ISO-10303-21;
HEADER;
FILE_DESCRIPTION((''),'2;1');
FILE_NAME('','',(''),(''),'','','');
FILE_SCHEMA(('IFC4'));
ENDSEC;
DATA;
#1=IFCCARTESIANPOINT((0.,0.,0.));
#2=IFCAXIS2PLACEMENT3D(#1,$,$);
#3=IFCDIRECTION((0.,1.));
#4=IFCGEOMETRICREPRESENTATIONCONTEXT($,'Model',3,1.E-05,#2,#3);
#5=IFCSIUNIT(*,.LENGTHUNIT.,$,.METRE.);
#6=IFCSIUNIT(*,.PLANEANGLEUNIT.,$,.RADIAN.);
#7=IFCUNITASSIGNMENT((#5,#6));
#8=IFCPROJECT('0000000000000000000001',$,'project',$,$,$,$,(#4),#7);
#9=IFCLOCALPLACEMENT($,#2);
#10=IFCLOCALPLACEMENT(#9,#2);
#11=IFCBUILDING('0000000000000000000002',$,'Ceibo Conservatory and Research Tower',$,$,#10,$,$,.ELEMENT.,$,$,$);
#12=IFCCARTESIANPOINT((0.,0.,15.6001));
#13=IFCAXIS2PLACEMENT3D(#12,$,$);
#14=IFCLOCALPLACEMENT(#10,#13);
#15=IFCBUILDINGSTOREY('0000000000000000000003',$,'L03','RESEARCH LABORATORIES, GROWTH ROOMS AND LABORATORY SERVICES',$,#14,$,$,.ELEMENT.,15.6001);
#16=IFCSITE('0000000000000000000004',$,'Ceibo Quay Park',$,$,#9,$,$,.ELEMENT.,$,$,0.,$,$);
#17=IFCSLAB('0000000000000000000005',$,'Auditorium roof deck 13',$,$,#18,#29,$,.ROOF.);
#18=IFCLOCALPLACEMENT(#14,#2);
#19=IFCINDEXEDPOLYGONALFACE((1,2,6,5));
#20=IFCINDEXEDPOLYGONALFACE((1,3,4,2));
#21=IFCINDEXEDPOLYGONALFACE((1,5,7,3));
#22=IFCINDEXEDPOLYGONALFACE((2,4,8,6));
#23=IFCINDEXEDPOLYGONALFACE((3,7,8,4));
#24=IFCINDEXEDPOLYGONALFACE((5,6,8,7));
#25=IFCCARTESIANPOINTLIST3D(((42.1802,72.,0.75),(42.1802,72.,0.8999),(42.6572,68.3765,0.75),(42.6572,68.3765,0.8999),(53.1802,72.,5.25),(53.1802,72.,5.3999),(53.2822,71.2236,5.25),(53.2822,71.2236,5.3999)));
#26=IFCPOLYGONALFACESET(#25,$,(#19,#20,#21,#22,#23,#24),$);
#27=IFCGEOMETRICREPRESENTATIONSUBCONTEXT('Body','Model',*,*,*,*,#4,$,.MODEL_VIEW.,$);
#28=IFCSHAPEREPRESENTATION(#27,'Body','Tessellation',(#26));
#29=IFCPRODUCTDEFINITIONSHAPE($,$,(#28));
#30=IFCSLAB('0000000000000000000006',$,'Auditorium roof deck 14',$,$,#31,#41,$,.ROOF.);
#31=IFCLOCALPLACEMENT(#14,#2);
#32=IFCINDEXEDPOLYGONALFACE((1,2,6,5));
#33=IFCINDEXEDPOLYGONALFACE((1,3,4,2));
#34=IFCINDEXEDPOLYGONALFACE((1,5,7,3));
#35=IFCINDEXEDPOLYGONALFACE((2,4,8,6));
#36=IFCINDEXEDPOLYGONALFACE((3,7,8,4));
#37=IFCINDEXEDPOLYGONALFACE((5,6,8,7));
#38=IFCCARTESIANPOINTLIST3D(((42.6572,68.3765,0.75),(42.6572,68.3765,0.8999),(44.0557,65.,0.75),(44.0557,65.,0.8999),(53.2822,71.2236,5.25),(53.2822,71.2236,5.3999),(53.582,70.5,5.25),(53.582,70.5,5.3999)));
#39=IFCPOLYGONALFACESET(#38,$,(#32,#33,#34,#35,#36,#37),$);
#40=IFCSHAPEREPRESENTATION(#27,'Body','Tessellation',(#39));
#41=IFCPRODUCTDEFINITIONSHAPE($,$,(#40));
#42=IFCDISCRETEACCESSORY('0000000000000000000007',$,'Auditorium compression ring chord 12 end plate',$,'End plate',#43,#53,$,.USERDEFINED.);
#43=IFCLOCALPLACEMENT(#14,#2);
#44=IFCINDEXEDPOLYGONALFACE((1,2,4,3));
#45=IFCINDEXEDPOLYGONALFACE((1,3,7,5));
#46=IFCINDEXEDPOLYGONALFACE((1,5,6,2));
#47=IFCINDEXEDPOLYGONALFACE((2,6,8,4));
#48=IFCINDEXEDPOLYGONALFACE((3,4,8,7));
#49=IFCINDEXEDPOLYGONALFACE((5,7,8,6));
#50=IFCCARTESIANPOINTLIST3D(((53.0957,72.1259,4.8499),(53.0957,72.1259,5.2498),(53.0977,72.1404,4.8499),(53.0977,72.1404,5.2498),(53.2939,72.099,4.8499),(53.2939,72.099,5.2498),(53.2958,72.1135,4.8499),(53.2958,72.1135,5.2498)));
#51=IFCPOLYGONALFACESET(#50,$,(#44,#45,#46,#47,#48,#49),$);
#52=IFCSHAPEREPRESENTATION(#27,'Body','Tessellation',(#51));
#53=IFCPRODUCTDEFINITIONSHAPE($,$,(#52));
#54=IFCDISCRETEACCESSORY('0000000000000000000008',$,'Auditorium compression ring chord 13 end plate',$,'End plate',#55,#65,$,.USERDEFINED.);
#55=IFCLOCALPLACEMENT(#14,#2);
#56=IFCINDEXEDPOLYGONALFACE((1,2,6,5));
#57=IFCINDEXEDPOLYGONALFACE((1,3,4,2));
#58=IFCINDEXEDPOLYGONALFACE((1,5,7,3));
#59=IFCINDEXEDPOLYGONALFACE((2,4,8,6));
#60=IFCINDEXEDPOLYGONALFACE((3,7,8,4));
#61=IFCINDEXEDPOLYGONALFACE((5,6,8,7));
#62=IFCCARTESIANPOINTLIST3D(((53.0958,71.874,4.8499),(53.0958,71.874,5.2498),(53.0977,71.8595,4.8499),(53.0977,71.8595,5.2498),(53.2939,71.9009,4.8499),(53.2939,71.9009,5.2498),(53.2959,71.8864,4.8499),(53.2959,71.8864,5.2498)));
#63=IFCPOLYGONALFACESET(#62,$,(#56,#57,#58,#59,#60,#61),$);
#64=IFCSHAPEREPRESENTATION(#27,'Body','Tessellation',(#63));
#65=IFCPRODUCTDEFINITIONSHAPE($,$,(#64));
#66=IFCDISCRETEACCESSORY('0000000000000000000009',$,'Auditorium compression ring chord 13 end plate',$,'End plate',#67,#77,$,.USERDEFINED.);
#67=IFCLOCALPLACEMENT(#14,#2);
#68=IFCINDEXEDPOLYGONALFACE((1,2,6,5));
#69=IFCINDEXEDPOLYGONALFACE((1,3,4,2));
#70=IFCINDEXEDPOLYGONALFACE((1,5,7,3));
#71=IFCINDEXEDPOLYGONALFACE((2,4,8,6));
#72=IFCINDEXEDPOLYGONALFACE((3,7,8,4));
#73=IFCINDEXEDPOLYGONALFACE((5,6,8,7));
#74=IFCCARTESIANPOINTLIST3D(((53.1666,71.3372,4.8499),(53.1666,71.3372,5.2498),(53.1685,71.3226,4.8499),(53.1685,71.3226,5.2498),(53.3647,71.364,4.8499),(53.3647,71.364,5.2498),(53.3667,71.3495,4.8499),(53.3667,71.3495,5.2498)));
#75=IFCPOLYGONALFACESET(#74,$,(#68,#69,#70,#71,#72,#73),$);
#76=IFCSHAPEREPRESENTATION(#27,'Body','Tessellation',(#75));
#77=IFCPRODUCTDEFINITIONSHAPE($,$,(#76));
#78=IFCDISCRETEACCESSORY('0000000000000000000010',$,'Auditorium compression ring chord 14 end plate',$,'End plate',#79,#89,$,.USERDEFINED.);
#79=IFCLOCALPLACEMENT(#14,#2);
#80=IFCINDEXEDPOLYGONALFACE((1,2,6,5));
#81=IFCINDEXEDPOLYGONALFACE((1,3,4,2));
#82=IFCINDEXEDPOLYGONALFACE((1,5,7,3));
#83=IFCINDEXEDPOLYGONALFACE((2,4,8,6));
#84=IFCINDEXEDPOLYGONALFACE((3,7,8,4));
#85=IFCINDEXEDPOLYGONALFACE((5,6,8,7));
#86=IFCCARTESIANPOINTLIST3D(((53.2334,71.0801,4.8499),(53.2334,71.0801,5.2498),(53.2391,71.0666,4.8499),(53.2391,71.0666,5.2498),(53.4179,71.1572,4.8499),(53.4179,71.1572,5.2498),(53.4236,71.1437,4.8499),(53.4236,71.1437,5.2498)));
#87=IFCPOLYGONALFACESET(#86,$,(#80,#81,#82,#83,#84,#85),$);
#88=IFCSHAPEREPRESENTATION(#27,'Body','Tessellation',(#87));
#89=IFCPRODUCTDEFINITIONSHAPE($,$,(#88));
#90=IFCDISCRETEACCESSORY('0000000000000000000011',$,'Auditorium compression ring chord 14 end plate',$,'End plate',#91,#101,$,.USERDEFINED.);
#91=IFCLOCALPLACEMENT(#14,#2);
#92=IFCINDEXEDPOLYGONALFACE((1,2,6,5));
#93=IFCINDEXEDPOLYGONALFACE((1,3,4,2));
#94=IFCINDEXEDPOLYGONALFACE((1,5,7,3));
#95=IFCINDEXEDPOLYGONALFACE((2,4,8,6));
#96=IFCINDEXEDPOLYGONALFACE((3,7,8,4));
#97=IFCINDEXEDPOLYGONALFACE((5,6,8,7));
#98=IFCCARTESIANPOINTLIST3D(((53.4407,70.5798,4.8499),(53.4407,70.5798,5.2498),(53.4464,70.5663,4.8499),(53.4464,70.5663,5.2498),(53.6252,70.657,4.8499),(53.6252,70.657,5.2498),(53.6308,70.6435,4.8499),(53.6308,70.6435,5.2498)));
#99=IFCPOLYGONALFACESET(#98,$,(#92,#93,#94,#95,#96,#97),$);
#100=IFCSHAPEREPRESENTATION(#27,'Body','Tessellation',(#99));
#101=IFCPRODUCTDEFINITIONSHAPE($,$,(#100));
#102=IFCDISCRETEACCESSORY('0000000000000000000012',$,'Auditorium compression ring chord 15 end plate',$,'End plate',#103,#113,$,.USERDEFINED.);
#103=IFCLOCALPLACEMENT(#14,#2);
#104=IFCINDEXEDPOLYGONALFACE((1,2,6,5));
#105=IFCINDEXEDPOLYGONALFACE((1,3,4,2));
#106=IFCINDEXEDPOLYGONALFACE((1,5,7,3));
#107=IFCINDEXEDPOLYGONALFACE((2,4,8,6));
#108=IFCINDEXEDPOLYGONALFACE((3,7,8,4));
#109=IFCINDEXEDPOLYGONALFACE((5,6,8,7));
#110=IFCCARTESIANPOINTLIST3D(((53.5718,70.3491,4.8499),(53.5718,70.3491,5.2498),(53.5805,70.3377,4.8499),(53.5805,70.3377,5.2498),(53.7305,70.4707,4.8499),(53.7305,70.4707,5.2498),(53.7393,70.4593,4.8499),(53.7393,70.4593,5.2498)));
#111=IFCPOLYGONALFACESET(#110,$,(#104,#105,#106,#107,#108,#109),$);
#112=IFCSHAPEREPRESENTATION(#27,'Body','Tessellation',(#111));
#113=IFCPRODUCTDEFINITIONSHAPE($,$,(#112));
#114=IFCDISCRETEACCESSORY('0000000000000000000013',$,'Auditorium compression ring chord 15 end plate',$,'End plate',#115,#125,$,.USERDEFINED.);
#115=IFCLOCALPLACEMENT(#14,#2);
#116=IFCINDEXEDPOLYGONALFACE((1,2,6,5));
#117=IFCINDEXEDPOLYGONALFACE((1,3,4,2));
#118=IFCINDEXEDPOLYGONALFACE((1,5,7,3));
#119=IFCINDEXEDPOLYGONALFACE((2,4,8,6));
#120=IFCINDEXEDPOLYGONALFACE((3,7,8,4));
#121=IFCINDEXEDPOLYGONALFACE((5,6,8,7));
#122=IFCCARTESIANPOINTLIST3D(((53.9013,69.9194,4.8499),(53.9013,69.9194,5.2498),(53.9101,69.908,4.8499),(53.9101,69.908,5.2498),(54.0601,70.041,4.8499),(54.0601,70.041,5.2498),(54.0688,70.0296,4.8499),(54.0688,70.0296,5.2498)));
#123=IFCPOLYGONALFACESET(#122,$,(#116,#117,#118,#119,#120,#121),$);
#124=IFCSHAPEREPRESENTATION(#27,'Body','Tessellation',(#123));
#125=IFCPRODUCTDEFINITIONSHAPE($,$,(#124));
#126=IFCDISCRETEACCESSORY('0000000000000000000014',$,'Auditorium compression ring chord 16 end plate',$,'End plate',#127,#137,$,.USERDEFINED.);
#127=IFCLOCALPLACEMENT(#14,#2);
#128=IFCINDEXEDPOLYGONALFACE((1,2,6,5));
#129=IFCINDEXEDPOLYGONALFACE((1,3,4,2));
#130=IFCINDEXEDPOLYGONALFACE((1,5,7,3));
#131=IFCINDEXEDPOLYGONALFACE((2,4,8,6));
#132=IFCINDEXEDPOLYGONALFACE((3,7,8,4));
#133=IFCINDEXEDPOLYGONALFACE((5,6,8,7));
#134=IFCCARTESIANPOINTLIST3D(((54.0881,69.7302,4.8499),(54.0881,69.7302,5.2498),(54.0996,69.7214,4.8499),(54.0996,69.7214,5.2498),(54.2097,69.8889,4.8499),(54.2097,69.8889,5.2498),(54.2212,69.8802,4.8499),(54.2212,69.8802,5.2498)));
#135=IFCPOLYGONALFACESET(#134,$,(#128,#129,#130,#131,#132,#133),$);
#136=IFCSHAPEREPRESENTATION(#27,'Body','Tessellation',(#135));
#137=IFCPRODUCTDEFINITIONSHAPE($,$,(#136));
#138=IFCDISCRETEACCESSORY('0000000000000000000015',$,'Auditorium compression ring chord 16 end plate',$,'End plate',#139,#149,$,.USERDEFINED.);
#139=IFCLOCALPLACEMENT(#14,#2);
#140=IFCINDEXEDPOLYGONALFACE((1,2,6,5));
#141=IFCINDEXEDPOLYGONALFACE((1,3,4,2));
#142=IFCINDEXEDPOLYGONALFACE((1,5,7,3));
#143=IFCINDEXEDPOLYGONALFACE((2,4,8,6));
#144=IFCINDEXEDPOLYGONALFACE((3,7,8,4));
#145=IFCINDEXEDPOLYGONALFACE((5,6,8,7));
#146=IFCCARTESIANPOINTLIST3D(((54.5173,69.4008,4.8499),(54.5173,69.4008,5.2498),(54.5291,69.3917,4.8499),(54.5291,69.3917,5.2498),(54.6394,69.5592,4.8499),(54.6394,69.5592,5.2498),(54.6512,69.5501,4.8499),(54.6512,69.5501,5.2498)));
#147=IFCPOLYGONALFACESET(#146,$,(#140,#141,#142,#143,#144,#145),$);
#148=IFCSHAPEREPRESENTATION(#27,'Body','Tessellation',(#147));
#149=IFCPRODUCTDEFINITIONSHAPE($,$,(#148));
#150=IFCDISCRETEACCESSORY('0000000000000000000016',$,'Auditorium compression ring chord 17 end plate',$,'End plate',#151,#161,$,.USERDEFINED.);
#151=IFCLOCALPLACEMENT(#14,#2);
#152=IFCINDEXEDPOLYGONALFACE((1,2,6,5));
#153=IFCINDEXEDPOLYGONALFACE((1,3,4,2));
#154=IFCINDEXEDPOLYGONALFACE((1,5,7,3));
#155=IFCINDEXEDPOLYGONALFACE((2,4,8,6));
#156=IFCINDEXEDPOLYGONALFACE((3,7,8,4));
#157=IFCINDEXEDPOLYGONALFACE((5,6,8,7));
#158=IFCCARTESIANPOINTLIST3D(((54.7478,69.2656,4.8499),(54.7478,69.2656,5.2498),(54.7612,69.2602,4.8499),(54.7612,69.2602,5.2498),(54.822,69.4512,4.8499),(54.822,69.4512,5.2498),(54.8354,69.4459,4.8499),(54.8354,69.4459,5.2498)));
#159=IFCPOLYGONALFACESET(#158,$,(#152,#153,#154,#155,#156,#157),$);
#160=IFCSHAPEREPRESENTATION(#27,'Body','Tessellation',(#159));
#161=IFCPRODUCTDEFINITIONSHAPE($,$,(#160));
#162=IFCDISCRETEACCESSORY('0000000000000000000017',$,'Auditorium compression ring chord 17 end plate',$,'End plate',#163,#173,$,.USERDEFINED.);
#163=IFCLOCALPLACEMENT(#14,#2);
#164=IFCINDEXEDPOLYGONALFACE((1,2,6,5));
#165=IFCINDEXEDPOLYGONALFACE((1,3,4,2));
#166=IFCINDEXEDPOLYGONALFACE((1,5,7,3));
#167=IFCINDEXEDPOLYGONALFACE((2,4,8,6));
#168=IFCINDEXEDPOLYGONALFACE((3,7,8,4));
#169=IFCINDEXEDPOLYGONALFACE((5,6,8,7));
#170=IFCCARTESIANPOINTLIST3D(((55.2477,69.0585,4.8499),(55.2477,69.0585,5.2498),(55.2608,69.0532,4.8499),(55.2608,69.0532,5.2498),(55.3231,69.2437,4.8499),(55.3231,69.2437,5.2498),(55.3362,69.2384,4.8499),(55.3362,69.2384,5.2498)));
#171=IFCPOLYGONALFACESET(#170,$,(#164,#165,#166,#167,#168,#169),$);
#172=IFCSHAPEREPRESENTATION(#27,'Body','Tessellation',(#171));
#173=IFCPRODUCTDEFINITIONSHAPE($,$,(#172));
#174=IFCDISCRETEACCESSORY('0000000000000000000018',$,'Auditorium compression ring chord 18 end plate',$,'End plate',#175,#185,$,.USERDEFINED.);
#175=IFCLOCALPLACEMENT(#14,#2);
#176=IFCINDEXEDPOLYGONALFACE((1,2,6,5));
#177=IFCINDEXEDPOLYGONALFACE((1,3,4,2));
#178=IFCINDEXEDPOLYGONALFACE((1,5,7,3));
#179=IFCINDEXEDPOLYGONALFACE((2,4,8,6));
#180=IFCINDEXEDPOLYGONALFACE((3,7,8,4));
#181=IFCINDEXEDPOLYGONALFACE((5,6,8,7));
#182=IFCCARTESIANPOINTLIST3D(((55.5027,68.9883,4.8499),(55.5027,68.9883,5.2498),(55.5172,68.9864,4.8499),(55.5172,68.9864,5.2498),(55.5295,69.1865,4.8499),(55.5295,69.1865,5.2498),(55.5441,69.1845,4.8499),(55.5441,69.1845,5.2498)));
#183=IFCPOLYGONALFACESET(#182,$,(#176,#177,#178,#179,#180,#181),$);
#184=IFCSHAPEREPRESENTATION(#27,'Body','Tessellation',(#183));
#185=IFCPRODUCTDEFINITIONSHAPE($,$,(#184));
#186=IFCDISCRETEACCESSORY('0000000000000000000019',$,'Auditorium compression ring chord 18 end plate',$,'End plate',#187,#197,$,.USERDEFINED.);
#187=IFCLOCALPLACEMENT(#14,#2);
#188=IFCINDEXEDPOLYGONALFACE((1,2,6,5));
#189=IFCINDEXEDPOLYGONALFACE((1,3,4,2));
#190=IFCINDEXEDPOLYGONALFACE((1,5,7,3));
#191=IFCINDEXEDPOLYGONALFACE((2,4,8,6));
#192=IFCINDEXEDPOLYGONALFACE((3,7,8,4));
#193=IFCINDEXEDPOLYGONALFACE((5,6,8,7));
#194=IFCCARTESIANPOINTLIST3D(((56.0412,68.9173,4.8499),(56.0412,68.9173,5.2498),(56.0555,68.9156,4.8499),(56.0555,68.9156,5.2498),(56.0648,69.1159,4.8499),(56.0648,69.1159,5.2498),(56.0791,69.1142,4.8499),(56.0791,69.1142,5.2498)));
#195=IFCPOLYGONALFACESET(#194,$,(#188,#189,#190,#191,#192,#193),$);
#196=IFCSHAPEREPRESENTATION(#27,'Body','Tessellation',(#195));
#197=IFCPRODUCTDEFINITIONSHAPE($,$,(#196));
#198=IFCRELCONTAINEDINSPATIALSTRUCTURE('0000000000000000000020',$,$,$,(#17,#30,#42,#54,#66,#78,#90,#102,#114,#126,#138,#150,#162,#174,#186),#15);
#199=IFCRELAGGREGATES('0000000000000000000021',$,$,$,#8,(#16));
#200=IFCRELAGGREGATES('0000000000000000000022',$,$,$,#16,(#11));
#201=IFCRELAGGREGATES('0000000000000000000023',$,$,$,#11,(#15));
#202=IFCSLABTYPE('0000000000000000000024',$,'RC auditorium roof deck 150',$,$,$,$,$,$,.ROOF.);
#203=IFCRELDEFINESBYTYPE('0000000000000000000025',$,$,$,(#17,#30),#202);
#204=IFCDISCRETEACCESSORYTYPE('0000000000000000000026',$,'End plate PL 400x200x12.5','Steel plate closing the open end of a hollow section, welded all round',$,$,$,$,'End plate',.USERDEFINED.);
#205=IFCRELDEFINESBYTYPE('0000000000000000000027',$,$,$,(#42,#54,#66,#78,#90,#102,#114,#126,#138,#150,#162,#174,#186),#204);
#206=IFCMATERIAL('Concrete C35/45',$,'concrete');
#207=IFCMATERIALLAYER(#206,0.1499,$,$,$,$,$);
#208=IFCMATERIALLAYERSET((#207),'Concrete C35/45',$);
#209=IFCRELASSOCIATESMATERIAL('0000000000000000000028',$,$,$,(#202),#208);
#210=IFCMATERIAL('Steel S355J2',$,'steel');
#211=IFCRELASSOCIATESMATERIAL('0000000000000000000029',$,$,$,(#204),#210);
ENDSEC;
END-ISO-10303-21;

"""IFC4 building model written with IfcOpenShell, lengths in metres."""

from ifc_helpers import new_model, si_unit, direction, frame, origin, origin_2d, place, context, subcontext, project, spatial, polyline, rectangle, outline, extrude, material, layer, layer_set, material_profile, profile_set, type_object, element, save


model = new_model("IFC4")

# Units and contexts
model_context = context("Model", 3, precision=1e-05, world=origin(), true_north=direction((0.0, 1.0)))
body_context = subcontext(model_context, "Body", "Model", "MODEL_VIEW")
ifc_project = project(units=[si_unit("LENGTHUNIT", "METRE"), si_unit("PLANEANGLEUNIT", "RADIAN")], contexts=[model_context])

# Site, building, storey
site_placement = place(None, origin())
site = spatial("IfcSite", under=ifc_project, at=site_placement, Name="Ceibo Quay Park", CompositionType="ELEMENT", RefElevation=0.0)
building_placement = place(site_placement, origin())
building = spatial("IfcBuilding", under=site, at=building_placement, Name="Ceibo Conservatory and Research Tower", CompositionType="ELEMENT")
storey_placement = place(building_placement, frame((0.0, 0.0, 15.6001)))
storey = spatial("IfcBuildingStorey", under=building, at=storey_placement, Name="L03", Description="RESEARCH LABORATORIES, GROWTH ROOMS AND LABORATORY SERVICES", CompositionType="ELEMENT", Elevation=15.6001)

# Shared definitions
ifc_material_1 = material(Name="Concrete C35/45", Category="concrete")
ifc_material_2 = material(Name="Steel S355J2", Category="steel")

# Slabs
ifc_layer = layer(ifc_material_1, 0.1499)
ifc_layer_set = layer_set([ifc_layer], Name="Concrete C35/45")
slab_type = type_object("IfcSlabType", Name="RC auditorium roof deck 150", PredefinedType="ROOF", material=ifc_layer_set)
slab_1_placement = place(storey_placement, frame((42.1802, 72.0, 0.8999), z_axis=(-0.378167, -0.049773, 0.924398), x_axis=(0.130522, -0.991445, 0.000013)))
element("IfcSlab", 1, at=slab_1_placement, inside=storey, type_object=slab_type, Name="Auditorium roof deck 13", PredefinedType="ROOF", context=body_context, shape_type="SweptSolid", body=[
    extrude(outline(polyline([(0.0, 0.0), (3.6548, 0.0), (2.2188, 11.7977), (1.4358, 11.7978), (0.0, 0.0)])), origin(), (-0.000013, -0.381429, -0.924398), 0.1499),
])
slab_2_placement = place(storey_placement, frame((42.6572, 68.3765, 0.8999), z_axis=(-0.352395, -0.14596, 0.924399), x_axis=(0.382653, -0.923892, -0.000007)))
element("IfcSlab", 2, at=slab_2_placement, inside=storey, type_object=slab_type, Name="Auditorium roof deck 14", PredefinedType="ROOF", context=body_context, shape_type="SweptSolid", body=[
    extrude(outline(polyline([(0.0, 0.0), (3.6546, 0.0), (2.2185, 11.7978), (1.4352, 11.7978), (0.0, 0.0)])), origin(), (0.000007, -0.381427, -0.924399), 0.1499),
])

# Discrete accessories
ifc_material_profile_1 = material_profile(ifc_material_2, rectangle(XDim=0.2, YDim=0.3999, at=origin_2d()), Name="End plate PL 400x200x12.5")
ifc_profile_set_1 = profile_set([ifc_material_profile_1], Name="Steel S355J2")
discrete_accessory_type = type_object("IfcDiscreteAccessoryType", Name="End plate PL 400x200x12.5", Description="Steel plate closing the open end of a hollow section, welded all round", ElementType="End plate", PredefinedType="USERDEFINED", material=ifc_profile_set_1)
for number, where, z_axis, x_axis, name in (
    (3, (53.1968, 72.127, 5.0498), (-0.134364, -0.990932, 0.0), (0.990932, -0.134364, 0.0), "Auditorium compression ring chord 12 end plate"),
    (4, (53.1948, 71.8875, 5.0498), (0.134364, -0.990932, 0.0), (0.990932, 0.134364, 0.0), "Auditorium compression ring chord 13 end plate"),
    (5, (53.2656, 71.3506, 5.0498), (0.134364, -0.990932, 0.0), (0.990932, 0.134364, 0.0), "Auditorium compression ring chord 13 end plate"),
    (6, (53.3257, 71.1187, 5.0498), (0.385806, -0.92258, 0.0), (0.92258, 0.385806, 0.0), "Auditorium compression ring chord 14 end plate"),
    (7, (53.533, 70.6184, 5.0498), (0.385806, -0.92258, 0.0), (0.92258, 0.385806, 0.0), "Auditorium compression ring chord 14 end plate"),
):
    element("IfcDiscreteAccessory", number, at=place(storey_placement, frame(where, z_axis=z_axis, x_axis=x_axis)), inside=storey, type_object=discrete_accessory_type, Name=name, ObjectType="End plate", PredefinedType="USERDEFINED", context=body_context, shape_type="SweptSolid", body=[
        extrude(rectangle(XDim=0.2, YDim=0.3999, at=origin_2d()), origin(), (0.0, 0.0, 1.0), 0.0146),
    ])
for number, where, z_axis, x_axis, name in (
    (8, (53.6511, 70.4099, 5.0498), (0.608077, -0.793878, 0.0), (0.793878, 0.608077, 0.0), "Auditorium compression ring chord 15 end plate"),
    (9, (53.9807, 69.9802, 5.0498), (0.608077, -0.793878, 0.0), (0.793878, 0.608077, 0.0), "Auditorium compression ring chord 15 end plate"),
    (10, (54.1489, 69.8096, 5.0498), (0.793878, -0.608077, 0.0), (0.608077, 0.793878, 0.0), "Auditorium compression ring chord 16 end plate"),
):
    element("IfcDiscreteAccessory", number, at=place(storey_placement, frame(where, z_axis=z_axis, x_axis=x_axis)), inside=storey, type_object=discrete_accessory_type, Name=name, ObjectType="End plate", PredefinedType="USERDEFINED", context=body_context, shape_type="SweptSolid", body=[
        extrude(rectangle(XDim=0.2, YDim=0.3999, at=origin_2d()), origin(), (0.0, 0.0, 1.0), 0.0144),
    ])
discrete_accessory_1_placement = place(storey_placement, frame((54.5784, 69.48, 5.0498), z_axis=(0.79201, -0.610508, 0.0), x_axis=(0.610508, 0.79201, 0.0)))
element("IfcDiscreteAccessory", 11, at=discrete_accessory_1_placement, inside=storey, type_object=discrete_accessory_type, Name="Auditorium compression ring chord 16 end plate", ObjectType="End plate", PredefinedType="USERDEFINED", context=body_context, shape_type="SweptSolid", body=[
    extrude(rectangle(XDim=0.2, YDim=0.3999, at=origin_2d()), origin(), (0.0, 0.0, 1.0), 0.0149),
])
discrete_accessory_2_placement = place(storey_placement, frame((54.7849, 69.3584, 5.0498), z_axis=(0.928477, -0.371391, 0.0), x_axis=(0.371391, 0.928477, 0.0)))
element("IfcDiscreteAccessory", 12, at=discrete_accessory_2_placement, inside=storey, type_object=discrete_accessory_type, Name="Auditorium compression ring chord 17 end plate", ObjectType="End plate", PredefinedType="USERDEFINED", context=body_context, shape_type="SweptSolid", body=[
    extrude(rectangle(XDim=0.2, YDim=0.3999, at=origin_2d()), origin(), (0.0, 0.0, 1.0), 0.0144),
])
discrete_accessory_3_placement = place(storey_placement, frame((55.2854, 69.1511, 5.0498), z_axis=(0.926092, -0.377297, 0.0), x_axis=(0.377297, 0.926092, 0.0)))
element("IfcDiscreteAccessory", 13, at=discrete_accessory_3_placement, inside=storey, type_object=discrete_accessory_type, Name="Auditorium compression ring chord 17 end plate", ObjectType="End plate", PredefinedType="USERDEFINED", context=body_context, shape_type="SweptSolid", body=[
    extrude(rectangle(XDim=0.2, YDim=0.3999, at=origin_2d()), origin(), (0.0, 0.0, 1.0), 0.0142),
])
discrete_accessory_4_placement = place(storey_placement, frame((55.5161, 69.0874, 5.0498), z_axis=(0.990932, -0.134364, 0.0), x_axis=(0.134364, 0.990932, 0.0)))
element("IfcDiscreteAccessory", 14, at=discrete_accessory_4_placement, inside=storey, type_object=discrete_accessory_type, Name="Auditorium compression ring chord 18 end plate", ObjectType="End plate", PredefinedType="USERDEFINED", context=body_context, shape_type="SweptSolid", body=[
    extrude(rectangle(XDim=0.2, YDim=0.3999, at=origin_2d()), origin(), (0.0, 0.0, 1.0), 0.0146),
])
discrete_accessory_5_placement = place(storey_placement, frame((56.053, 69.0166, 5.0498), z_axis=(0.993035, -0.117818, 0.0), x_axis=(0.117818, 0.993035, 0.0)))
element("IfcDiscreteAccessory", 15, at=discrete_accessory_5_placement, inside=storey, type_object=discrete_accessory_type, Name="Auditorium compression ring chord 18 end plate", ObjectType="End plate", PredefinedType="USERDEFINED", context=body_context, shape_type="SweptSolid", body=[
    extrude(rectangle(XDim=0.2, YDim=0.3999, at=origin_2d()), origin(), (0.0, 0.0, 1.0), 0.0144),
])

save(model, "model.ifc")
